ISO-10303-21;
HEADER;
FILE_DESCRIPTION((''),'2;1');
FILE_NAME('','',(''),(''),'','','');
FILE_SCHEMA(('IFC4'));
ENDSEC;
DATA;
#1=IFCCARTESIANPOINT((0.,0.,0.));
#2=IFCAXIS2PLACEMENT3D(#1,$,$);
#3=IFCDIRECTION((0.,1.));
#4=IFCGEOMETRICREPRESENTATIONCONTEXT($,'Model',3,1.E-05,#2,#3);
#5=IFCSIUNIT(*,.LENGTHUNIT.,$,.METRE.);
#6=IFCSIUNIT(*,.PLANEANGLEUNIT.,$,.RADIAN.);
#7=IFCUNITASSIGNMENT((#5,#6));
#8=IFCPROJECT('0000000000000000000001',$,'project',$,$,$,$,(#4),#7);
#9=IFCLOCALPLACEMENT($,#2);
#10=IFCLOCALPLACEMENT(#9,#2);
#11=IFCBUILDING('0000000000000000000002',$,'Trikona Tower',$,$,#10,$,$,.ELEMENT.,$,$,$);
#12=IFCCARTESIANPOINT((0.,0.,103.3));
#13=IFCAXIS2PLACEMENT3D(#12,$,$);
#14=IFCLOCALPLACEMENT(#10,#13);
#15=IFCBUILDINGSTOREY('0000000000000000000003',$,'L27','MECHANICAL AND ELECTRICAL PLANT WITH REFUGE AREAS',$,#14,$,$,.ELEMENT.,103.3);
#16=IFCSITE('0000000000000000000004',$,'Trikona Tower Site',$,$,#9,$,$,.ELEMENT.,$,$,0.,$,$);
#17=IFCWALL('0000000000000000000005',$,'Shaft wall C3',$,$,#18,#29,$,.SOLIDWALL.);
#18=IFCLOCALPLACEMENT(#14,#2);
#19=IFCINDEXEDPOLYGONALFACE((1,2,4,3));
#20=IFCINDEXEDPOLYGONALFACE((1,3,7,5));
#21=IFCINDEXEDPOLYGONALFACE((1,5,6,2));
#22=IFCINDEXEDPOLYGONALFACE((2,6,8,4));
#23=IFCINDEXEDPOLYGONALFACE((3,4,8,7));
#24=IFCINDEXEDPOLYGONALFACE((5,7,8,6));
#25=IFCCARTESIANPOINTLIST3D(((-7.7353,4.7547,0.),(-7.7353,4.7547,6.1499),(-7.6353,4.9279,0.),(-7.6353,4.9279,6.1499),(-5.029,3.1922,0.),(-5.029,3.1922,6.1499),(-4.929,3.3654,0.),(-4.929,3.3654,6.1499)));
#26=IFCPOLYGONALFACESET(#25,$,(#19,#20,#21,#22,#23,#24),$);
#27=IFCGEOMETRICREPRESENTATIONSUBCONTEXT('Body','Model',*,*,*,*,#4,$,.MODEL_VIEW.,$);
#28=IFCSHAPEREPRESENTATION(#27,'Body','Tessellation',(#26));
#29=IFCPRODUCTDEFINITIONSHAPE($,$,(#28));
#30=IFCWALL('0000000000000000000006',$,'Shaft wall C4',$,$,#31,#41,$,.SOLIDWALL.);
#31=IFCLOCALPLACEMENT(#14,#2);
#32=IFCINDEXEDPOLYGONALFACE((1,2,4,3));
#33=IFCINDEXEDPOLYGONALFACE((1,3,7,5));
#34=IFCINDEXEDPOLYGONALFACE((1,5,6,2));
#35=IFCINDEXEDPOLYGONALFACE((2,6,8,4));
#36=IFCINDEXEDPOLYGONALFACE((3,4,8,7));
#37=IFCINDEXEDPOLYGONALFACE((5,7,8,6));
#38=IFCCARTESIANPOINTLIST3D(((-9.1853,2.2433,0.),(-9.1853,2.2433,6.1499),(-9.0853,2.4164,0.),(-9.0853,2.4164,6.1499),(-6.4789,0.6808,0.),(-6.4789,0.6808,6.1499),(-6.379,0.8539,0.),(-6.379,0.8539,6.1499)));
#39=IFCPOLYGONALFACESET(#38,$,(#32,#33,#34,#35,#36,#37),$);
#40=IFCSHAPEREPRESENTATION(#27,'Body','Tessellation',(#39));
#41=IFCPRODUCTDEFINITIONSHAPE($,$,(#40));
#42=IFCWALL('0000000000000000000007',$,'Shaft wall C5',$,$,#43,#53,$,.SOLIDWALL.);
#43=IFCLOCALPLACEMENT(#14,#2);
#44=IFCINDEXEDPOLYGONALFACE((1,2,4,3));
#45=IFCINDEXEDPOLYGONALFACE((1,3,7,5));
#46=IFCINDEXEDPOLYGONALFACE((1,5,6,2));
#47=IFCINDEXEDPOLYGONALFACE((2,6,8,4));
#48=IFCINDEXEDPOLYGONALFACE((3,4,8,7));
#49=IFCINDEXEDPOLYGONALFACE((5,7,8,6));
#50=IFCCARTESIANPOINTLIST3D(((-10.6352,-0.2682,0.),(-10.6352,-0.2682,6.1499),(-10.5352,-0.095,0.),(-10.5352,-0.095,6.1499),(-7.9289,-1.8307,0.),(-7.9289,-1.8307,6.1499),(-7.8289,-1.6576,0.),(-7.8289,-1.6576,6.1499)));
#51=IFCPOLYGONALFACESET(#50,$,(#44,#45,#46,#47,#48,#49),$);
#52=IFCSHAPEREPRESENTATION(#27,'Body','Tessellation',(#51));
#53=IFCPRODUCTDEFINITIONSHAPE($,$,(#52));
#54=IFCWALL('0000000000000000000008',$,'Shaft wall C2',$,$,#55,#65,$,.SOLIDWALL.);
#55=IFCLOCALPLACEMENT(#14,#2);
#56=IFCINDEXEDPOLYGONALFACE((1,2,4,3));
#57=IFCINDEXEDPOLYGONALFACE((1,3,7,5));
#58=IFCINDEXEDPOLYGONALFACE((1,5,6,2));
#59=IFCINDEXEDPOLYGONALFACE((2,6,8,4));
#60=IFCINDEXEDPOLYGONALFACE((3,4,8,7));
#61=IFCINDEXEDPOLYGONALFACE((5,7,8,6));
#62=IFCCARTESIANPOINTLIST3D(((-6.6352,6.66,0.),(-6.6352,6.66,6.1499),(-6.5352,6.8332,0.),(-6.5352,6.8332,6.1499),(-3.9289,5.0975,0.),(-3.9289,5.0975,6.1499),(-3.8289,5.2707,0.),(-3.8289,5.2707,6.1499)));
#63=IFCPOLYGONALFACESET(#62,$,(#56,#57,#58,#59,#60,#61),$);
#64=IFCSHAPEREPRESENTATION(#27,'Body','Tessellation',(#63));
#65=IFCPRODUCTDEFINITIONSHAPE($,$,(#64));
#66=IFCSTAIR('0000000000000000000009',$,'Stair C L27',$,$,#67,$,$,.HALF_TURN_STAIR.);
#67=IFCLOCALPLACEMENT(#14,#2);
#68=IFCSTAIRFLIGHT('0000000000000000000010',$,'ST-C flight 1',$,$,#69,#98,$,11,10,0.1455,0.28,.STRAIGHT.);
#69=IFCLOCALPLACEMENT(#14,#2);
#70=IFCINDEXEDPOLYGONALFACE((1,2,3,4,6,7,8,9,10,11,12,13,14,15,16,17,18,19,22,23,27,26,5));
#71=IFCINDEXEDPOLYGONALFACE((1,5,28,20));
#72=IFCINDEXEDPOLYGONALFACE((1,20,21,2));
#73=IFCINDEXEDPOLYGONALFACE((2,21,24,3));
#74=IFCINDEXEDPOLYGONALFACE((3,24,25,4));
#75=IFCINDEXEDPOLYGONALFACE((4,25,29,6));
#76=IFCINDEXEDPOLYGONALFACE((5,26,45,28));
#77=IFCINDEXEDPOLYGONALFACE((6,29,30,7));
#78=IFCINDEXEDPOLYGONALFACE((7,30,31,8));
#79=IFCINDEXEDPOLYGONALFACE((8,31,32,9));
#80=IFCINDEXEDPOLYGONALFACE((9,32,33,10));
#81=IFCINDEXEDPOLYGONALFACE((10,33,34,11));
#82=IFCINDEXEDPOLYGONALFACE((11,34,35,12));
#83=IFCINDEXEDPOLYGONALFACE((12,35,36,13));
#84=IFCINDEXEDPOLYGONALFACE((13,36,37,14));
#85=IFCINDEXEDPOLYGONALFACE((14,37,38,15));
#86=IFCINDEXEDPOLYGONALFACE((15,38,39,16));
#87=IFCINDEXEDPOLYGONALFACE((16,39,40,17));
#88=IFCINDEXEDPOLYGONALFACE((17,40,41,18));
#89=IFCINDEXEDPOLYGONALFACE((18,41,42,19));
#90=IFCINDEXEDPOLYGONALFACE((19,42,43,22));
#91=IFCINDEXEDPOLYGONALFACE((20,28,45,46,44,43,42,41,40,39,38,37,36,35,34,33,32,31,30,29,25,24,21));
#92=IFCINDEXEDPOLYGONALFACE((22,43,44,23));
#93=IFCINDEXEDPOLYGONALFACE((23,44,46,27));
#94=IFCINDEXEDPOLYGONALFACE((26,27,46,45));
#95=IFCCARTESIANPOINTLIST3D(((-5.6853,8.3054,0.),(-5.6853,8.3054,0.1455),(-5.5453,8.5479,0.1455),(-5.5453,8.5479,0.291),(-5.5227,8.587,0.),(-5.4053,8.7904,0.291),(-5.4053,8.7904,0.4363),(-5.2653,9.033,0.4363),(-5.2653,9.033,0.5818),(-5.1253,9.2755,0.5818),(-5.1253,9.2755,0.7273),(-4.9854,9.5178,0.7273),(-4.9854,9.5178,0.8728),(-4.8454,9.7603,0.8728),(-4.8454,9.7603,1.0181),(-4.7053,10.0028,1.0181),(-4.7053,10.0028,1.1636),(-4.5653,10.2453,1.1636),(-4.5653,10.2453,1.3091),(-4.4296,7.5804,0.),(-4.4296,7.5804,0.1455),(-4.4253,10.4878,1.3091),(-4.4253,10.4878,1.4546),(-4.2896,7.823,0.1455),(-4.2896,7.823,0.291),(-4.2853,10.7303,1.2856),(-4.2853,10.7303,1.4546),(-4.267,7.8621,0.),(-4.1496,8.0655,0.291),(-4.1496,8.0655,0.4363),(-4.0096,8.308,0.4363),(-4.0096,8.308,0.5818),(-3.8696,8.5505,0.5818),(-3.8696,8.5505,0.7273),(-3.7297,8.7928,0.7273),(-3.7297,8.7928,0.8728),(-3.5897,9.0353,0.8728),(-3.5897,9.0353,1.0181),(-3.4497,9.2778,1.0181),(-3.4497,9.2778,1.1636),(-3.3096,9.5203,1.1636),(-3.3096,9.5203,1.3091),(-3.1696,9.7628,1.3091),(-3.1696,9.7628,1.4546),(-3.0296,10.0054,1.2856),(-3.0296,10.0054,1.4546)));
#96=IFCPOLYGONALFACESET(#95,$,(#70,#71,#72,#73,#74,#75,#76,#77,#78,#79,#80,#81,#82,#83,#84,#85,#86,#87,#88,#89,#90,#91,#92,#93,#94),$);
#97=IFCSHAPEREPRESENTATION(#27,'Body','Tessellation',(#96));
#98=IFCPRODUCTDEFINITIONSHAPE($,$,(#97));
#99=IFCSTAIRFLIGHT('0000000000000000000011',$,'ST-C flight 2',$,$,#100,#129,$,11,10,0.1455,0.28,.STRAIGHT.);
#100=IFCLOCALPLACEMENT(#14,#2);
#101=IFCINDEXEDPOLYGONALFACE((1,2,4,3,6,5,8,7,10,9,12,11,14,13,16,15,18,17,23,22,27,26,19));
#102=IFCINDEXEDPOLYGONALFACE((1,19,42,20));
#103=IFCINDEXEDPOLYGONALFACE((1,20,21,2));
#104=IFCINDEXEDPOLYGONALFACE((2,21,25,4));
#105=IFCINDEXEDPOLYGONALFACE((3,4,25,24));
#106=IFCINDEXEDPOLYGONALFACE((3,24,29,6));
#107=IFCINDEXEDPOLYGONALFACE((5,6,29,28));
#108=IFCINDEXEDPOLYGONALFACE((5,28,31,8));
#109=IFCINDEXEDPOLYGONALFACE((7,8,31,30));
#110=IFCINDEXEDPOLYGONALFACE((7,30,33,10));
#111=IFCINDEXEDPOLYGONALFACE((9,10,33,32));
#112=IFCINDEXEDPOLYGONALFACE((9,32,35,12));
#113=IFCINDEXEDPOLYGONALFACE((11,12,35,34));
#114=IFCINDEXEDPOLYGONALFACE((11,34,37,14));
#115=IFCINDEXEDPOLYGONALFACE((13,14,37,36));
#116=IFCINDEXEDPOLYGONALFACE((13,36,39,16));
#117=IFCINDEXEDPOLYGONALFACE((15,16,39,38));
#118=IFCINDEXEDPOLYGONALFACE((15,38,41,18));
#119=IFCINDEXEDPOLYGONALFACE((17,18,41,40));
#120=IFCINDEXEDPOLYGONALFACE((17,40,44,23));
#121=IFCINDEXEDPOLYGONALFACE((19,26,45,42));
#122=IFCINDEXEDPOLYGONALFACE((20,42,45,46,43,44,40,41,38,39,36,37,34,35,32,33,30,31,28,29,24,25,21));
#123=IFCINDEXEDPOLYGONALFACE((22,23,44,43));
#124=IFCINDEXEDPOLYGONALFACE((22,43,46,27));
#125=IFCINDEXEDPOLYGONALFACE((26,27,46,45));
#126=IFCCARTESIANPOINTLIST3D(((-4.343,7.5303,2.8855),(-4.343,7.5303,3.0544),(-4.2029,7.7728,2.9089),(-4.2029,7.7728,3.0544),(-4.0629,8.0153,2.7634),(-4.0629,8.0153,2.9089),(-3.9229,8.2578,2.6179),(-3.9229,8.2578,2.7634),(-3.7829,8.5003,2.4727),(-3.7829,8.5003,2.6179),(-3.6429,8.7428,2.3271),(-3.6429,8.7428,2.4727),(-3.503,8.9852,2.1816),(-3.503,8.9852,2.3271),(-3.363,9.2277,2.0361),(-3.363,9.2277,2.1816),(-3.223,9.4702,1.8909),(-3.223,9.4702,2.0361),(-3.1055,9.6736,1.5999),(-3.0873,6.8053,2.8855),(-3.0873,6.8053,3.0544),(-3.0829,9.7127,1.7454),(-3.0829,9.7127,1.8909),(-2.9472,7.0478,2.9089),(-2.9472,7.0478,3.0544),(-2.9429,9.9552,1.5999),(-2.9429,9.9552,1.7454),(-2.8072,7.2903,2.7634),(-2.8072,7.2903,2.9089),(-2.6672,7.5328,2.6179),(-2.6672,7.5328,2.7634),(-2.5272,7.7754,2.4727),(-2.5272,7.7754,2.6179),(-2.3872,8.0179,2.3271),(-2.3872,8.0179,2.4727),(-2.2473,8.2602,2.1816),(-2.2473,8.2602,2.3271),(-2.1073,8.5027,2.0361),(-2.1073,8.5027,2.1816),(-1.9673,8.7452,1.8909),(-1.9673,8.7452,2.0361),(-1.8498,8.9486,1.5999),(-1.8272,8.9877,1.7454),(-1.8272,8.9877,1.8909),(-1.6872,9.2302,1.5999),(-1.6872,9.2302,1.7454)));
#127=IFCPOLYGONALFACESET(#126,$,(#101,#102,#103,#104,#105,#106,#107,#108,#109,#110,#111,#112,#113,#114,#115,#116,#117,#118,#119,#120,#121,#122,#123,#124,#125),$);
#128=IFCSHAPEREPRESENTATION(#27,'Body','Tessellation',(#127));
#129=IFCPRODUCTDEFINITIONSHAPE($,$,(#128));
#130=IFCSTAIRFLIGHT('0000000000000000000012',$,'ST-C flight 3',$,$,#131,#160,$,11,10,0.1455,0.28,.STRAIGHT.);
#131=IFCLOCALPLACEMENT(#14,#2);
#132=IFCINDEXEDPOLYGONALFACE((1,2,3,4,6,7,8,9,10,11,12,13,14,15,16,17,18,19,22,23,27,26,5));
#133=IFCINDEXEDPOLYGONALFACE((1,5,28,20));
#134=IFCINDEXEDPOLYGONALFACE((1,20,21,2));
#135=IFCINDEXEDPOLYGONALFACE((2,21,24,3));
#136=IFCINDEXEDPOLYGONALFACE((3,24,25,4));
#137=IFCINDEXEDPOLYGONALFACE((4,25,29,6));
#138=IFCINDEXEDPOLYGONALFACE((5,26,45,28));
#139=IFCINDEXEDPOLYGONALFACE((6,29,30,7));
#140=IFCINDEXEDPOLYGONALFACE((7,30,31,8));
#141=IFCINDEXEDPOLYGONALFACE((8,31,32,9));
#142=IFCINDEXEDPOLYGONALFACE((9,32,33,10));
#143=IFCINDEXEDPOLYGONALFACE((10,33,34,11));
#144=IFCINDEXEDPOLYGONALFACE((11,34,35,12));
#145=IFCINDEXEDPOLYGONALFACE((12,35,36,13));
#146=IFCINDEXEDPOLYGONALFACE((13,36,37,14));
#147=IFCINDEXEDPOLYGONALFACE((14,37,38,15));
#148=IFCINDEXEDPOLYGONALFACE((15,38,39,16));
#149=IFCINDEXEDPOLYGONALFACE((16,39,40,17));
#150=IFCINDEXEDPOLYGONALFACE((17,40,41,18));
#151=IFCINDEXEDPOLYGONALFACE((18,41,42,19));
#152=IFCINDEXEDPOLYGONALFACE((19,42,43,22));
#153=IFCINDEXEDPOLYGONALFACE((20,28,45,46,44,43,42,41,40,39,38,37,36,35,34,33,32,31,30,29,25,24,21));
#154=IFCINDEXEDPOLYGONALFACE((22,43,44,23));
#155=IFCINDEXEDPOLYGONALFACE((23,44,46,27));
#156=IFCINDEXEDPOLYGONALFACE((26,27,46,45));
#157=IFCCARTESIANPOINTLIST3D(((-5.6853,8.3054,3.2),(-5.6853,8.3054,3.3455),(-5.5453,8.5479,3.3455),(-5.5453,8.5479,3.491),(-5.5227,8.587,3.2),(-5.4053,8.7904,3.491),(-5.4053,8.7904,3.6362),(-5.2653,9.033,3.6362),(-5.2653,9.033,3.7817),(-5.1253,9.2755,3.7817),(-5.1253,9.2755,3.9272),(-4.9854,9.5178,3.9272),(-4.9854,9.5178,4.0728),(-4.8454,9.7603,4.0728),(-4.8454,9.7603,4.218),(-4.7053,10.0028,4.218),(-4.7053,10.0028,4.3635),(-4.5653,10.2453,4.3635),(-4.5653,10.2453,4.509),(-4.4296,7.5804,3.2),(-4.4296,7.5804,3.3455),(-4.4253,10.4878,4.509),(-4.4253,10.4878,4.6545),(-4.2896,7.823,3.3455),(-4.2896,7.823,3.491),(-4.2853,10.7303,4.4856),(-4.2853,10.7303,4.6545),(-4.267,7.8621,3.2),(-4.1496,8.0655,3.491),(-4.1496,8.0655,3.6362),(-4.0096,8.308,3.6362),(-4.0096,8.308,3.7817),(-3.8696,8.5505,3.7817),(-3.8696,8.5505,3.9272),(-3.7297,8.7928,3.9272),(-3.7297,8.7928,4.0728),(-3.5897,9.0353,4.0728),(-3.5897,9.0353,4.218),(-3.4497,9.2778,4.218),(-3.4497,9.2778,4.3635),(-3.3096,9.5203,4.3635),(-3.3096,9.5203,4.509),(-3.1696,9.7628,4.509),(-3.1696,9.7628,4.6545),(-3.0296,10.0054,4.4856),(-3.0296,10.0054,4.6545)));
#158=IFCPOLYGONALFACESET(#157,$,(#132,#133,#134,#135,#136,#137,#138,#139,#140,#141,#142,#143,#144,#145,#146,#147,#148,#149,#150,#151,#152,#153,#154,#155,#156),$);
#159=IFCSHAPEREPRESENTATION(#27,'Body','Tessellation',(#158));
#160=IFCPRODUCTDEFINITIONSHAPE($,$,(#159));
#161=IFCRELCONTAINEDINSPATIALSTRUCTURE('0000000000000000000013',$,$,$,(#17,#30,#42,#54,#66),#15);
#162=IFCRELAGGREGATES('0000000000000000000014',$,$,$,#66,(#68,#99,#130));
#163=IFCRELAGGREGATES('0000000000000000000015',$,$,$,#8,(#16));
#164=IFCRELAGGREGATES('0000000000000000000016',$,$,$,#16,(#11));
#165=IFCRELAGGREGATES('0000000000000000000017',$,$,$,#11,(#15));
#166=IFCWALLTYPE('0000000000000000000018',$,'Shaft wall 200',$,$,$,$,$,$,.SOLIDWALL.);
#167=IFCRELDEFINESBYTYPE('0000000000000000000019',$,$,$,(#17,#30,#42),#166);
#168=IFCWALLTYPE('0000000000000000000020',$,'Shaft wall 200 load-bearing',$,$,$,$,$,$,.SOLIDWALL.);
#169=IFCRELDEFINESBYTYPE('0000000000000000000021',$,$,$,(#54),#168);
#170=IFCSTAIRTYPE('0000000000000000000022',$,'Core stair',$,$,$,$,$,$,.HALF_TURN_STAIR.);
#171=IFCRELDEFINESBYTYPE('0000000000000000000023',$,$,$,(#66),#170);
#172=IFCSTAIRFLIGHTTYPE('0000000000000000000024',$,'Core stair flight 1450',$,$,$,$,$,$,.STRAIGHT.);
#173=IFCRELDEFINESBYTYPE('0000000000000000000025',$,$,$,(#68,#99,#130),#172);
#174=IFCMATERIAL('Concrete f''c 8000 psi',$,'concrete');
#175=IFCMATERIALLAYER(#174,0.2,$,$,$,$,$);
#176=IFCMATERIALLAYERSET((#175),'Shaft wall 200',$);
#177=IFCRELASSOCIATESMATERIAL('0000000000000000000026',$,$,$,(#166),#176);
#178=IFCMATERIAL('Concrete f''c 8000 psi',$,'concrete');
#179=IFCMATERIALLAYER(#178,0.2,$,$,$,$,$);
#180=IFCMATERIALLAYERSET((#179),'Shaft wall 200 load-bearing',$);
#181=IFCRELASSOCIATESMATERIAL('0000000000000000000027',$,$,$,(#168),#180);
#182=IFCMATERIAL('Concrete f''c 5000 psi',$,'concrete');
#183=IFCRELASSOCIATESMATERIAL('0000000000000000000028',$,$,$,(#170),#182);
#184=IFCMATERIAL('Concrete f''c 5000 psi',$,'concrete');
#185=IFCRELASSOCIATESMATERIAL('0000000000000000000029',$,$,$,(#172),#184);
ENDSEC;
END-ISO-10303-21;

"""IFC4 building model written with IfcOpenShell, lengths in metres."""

from ifc_helpers import new_model, si_unit, direction, frame, frame_2d, origin, place, context, subcontext, project, spatial, polyline, rectangle, outline, extrude, material, layer, layer_set, type_object, element, aggregate, save


model = new_model("IFC4")

# Units and contexts
model_context = context("Model", 3, precision=1e-05, world=origin(), true_north=direction((0.0, 1.0)))
body_context = subcontext(model_context, "Body", "Model", "MODEL_VIEW")
ifc_project = project(units=[si_unit("LENGTHUNIT", "METRE"), si_unit("PLANEANGLEUNIT", "RADIAN")], contexts=[model_context])

# Site, building, storey
site_placement = place(None, origin())
site = spatial("IfcSite", under=ifc_project, at=site_placement, Name="Trikona Tower Site", CompositionType="ELEMENT", RefElevation=0.0)
building_placement = place(site_placement, origin())
building = spatial("IfcBuilding", under=site, at=building_placement, Name="Trikona Tower", CompositionType="ELEMENT")
storey_placement = place(building_placement, frame((0.0, 0.0, 103.3)))
storey = spatial("IfcBuildingStorey", under=building, at=storey_placement, Name="L27", Description="MECHANICAL AND ELECTRICAL PLANT WITH REFUGE AREAS", CompositionType="ELEMENT", Elevation=103.3)

# Walls
ifc_material_1 = material(Name="Concrete f'c 8000 psi", Category="concrete")
ifc_layer_1 = layer(ifc_material_1, 0.2)
ifc_layer_set_1 = layer_set([ifc_layer_1], Name="Shaft wall 200")
wall_type_1 = type_object("IfcWallType", Name="Shaft wall 200", PredefinedType="SOLIDWALL", material=ifc_layer_set_1)
for number, where, z_axis, x_axis, name in (
    (1, (-4.979, 3.2788, 0.0), (0.0, 0.0, 1.0), (-0.866023, 0.500004, 0.0), "Shaft wall C3"),
    (2, (-6.429, 0.7673, 0.0), (0.0, 0.0, 1.0), (-0.866023, 0.500004, 0.0), "Shaft wall C4"),
    (3, (-7.8789, -1.7441, 0.0), (0.0, 0.0, 1.0), (-0.866023, 0.500004, 0.0), "Shaft wall C5"),
):
    element("IfcWall", number, at=place(storey_placement, frame(where, z_axis=z_axis, x_axis=x_axis)), inside=storey, type_object=wall_type_1, Name=name, PredefinedType="SOLIDWALL", context=body_context, shape_type="SweptSolid", body=[
        extrude(rectangle(XDim=3.125, YDim=0.2, at=frame_2d((1.5625, 0.0))), origin(), (0.0, 0.0, 1.0), 6.1499),
    ])
ifc_material_2 = material(Name="Concrete f'c 8000 psi", Category="concrete")
ifc_layer_2 = layer(ifc_material_2, 0.2)
ifc_layer_set_2 = layer_set([ifc_layer_2], Name="Shaft wall 200 load-bearing")
wall_type_2 = type_object("IfcWallType", Name="Shaft wall 200 load-bearing", PredefinedType="SOLIDWALL", material=ifc_layer_set_2)
wall_1_placement = place(storey_placement, frame((-3.8789, 5.1841, 0.0), z_axis=(0.0, 0.0, 1.0), x_axis=(-0.866023, 0.500004, 0.0)))
element("IfcWall", 4, at=wall_1_placement, inside=storey, type_object=wall_type_2, Name="Shaft wall C2", PredefinedType="SOLIDWALL", context=body_context, shape_type="SweptSolid", body=[
    extrude(rectangle(XDim=3.125, YDim=0.2, at=frame_2d((1.5625, 0.0))), origin(), (0.0, 0.0, 1.0), 6.1499),
])

# Stair, stair flights
ifc_material_3 = material(Name="Concrete f'c 5000 psi", Category="concrete")
stair_type = type_object("IfcStairType", Name="Core stair", PredefinedType="HALF_TURN_STAIR", material=ifc_material_3)
stair_placement = place(storey_placement, origin())
stair = element("IfcStair", 5, at=stair_placement, inside=storey, type_object=stair_type, Name="Stair C L27", PredefinedType="HALF_TURN_STAIR")
ifc_material_4 = material(Name="Concrete f'c 5000 psi", Category="concrete")
stair_flight_type = type_object("IfcStairFlightType", Name="Core stair flight 1450", PredefinedType="STRAIGHT", material=ifc_material_4)
stair_flight_1_placement = place(storey_placement, frame((-5.0574, 7.9429, 0.0), z_axis=(0.0, 0.0, 1.0), x_axis=(0.5, 0.866025, 0.0)))
stair_flight_1 = element("IfcStairFlight", 6, at=stair_flight_1_placement, type_object=stair_flight_type, Name="ST-C flight 1", NumberOfRisers=11, NumberOfTreads=10, PredefinedType="STRAIGHT", RiserHeight=0.1455, TreadLength=0.28, context=body_context, shape_type="SweptSolid", body=[
    extrude(outline(polyline([(0.0, 0.0), (0.0, 0.1455), (0.28, 0.1455), (0.28, 0.291), (0.5601, 0.291), (0.5601, 0.4363), (0.8401, 0.4363), (0.8401, 0.5818), (1.1201, 0.5818), (1.1201, 0.7273), (1.3999, 0.7273), (1.3999, 0.8728), (1.6799, 0.8728), (1.6799, 1.0181), (1.96, 1.0181), (1.96, 1.1636), (2.24, 1.1636), (2.24, 1.3091), (2.52, 1.3091), (2.52, 1.4546), (2.8, 1.4546), (2.8, 1.6001), (2.8, 1.2856), (0.3252, 0.0), (0.0, 0.0)])), frame((0.0, 0.7251, 0.0), z_axis=(0.0, -1.0, 0.0), x_axis=(1.0, 0.0, 0.0)), (0.0, 0.0, 1.0), 1.45),
])
stair_flight_2_placement = place(storey_placement, frame((-2.3152, 9.5928, 1.5999), z_axis=(0.0, 0.0, 1.0), x_axis=(-0.5, -0.866025, 0.0)))
stair_flight_2 = element("IfcStairFlight", 7, at=stair_flight_2_placement, type_object=stair_flight_type, Name="ST-C flight 2", NumberOfRisers=11, NumberOfTreads=10, PredefinedType="STRAIGHT", RiserHeight=0.1455, TreadLength=0.28, context=body_context, shape_type="SweptSolid", body=[
    extrude(outline(polyline([(0.0, 0.0), (0.0, 0.1455), (0.28, 0.1455), (0.28, 0.291), (0.5601, 0.291), (0.5601, 0.4363), (0.8401, 0.4363), (0.8401, 0.5818), (1.1201, 0.5818), (1.1201, 0.7273), (1.3999, 0.7273), (1.3999, 0.8728), (1.6799, 0.8728), (1.6799, 1.0181), (1.96, 1.0181), (1.96, 1.1636), (2.24, 1.1636), (2.24, 1.3091), (2.52, 1.3091), (2.52, 1.4546), (2.8, 1.4546), (2.8, 1.6001), (2.8, 1.2856), (0.3252, 0.0), (0.0, 0.0)])), frame((0.0, 0.7251, 0.0), z_axis=(0.0, -1.0, 0.0), x_axis=(1.0, 0.0, 0.0)), (0.0, 0.0, 1.0), 1.45),
])
stair_flight_3_placement = place(storey_placement, frame((-5.0574, 7.9429, 3.2), z_axis=(0.0, 0.0, 1.0), x_axis=(0.5, 0.866025, 0.0)))
stair_flight_3 = element("IfcStairFlight", 8, at=stair_flight_3_placement, type_object=stair_flight_type, Name="ST-C flight 3", NumberOfRisers=11, NumberOfTreads=10, PredefinedType="STRAIGHT", RiserHeight=0.1455, TreadLength=0.28, context=body_context, shape_type="SweptSolid", body=[
    extrude(outline(polyline([(0.0, 0.0), (0.0, 0.1455), (0.28, 0.1455), (0.28, 0.291), (0.5601, 0.291), (0.5601, 0.4363), (0.8401, 0.4363), (0.8401, 0.5818), (1.1201, 0.5818), (1.1201, 0.7273), (1.3999, 0.7273), (1.3999, 0.8728), (1.6799, 0.8728), (1.6799, 1.0181), (1.96, 1.0181), (1.96, 1.1636), (2.24, 1.1636), (2.24, 1.3091), (2.52, 1.3091), (2.52, 1.4546), (2.8, 1.4546), (2.8, 1.6001), (2.8, 1.2856), (0.3252, 0.0), (0.0, 0.0)])), frame((0.0, 0.7251, 0.0), z_axis=(0.0, -1.0, 0.0), x_axis=(1.0, 0.0, 0.0)), (0.0, 0.0, 1.0), 1.45),
])
aggregate(stair, [stair_flight_1, stair_flight_2, stair_flight_3])

save(model, "model.ifc")
